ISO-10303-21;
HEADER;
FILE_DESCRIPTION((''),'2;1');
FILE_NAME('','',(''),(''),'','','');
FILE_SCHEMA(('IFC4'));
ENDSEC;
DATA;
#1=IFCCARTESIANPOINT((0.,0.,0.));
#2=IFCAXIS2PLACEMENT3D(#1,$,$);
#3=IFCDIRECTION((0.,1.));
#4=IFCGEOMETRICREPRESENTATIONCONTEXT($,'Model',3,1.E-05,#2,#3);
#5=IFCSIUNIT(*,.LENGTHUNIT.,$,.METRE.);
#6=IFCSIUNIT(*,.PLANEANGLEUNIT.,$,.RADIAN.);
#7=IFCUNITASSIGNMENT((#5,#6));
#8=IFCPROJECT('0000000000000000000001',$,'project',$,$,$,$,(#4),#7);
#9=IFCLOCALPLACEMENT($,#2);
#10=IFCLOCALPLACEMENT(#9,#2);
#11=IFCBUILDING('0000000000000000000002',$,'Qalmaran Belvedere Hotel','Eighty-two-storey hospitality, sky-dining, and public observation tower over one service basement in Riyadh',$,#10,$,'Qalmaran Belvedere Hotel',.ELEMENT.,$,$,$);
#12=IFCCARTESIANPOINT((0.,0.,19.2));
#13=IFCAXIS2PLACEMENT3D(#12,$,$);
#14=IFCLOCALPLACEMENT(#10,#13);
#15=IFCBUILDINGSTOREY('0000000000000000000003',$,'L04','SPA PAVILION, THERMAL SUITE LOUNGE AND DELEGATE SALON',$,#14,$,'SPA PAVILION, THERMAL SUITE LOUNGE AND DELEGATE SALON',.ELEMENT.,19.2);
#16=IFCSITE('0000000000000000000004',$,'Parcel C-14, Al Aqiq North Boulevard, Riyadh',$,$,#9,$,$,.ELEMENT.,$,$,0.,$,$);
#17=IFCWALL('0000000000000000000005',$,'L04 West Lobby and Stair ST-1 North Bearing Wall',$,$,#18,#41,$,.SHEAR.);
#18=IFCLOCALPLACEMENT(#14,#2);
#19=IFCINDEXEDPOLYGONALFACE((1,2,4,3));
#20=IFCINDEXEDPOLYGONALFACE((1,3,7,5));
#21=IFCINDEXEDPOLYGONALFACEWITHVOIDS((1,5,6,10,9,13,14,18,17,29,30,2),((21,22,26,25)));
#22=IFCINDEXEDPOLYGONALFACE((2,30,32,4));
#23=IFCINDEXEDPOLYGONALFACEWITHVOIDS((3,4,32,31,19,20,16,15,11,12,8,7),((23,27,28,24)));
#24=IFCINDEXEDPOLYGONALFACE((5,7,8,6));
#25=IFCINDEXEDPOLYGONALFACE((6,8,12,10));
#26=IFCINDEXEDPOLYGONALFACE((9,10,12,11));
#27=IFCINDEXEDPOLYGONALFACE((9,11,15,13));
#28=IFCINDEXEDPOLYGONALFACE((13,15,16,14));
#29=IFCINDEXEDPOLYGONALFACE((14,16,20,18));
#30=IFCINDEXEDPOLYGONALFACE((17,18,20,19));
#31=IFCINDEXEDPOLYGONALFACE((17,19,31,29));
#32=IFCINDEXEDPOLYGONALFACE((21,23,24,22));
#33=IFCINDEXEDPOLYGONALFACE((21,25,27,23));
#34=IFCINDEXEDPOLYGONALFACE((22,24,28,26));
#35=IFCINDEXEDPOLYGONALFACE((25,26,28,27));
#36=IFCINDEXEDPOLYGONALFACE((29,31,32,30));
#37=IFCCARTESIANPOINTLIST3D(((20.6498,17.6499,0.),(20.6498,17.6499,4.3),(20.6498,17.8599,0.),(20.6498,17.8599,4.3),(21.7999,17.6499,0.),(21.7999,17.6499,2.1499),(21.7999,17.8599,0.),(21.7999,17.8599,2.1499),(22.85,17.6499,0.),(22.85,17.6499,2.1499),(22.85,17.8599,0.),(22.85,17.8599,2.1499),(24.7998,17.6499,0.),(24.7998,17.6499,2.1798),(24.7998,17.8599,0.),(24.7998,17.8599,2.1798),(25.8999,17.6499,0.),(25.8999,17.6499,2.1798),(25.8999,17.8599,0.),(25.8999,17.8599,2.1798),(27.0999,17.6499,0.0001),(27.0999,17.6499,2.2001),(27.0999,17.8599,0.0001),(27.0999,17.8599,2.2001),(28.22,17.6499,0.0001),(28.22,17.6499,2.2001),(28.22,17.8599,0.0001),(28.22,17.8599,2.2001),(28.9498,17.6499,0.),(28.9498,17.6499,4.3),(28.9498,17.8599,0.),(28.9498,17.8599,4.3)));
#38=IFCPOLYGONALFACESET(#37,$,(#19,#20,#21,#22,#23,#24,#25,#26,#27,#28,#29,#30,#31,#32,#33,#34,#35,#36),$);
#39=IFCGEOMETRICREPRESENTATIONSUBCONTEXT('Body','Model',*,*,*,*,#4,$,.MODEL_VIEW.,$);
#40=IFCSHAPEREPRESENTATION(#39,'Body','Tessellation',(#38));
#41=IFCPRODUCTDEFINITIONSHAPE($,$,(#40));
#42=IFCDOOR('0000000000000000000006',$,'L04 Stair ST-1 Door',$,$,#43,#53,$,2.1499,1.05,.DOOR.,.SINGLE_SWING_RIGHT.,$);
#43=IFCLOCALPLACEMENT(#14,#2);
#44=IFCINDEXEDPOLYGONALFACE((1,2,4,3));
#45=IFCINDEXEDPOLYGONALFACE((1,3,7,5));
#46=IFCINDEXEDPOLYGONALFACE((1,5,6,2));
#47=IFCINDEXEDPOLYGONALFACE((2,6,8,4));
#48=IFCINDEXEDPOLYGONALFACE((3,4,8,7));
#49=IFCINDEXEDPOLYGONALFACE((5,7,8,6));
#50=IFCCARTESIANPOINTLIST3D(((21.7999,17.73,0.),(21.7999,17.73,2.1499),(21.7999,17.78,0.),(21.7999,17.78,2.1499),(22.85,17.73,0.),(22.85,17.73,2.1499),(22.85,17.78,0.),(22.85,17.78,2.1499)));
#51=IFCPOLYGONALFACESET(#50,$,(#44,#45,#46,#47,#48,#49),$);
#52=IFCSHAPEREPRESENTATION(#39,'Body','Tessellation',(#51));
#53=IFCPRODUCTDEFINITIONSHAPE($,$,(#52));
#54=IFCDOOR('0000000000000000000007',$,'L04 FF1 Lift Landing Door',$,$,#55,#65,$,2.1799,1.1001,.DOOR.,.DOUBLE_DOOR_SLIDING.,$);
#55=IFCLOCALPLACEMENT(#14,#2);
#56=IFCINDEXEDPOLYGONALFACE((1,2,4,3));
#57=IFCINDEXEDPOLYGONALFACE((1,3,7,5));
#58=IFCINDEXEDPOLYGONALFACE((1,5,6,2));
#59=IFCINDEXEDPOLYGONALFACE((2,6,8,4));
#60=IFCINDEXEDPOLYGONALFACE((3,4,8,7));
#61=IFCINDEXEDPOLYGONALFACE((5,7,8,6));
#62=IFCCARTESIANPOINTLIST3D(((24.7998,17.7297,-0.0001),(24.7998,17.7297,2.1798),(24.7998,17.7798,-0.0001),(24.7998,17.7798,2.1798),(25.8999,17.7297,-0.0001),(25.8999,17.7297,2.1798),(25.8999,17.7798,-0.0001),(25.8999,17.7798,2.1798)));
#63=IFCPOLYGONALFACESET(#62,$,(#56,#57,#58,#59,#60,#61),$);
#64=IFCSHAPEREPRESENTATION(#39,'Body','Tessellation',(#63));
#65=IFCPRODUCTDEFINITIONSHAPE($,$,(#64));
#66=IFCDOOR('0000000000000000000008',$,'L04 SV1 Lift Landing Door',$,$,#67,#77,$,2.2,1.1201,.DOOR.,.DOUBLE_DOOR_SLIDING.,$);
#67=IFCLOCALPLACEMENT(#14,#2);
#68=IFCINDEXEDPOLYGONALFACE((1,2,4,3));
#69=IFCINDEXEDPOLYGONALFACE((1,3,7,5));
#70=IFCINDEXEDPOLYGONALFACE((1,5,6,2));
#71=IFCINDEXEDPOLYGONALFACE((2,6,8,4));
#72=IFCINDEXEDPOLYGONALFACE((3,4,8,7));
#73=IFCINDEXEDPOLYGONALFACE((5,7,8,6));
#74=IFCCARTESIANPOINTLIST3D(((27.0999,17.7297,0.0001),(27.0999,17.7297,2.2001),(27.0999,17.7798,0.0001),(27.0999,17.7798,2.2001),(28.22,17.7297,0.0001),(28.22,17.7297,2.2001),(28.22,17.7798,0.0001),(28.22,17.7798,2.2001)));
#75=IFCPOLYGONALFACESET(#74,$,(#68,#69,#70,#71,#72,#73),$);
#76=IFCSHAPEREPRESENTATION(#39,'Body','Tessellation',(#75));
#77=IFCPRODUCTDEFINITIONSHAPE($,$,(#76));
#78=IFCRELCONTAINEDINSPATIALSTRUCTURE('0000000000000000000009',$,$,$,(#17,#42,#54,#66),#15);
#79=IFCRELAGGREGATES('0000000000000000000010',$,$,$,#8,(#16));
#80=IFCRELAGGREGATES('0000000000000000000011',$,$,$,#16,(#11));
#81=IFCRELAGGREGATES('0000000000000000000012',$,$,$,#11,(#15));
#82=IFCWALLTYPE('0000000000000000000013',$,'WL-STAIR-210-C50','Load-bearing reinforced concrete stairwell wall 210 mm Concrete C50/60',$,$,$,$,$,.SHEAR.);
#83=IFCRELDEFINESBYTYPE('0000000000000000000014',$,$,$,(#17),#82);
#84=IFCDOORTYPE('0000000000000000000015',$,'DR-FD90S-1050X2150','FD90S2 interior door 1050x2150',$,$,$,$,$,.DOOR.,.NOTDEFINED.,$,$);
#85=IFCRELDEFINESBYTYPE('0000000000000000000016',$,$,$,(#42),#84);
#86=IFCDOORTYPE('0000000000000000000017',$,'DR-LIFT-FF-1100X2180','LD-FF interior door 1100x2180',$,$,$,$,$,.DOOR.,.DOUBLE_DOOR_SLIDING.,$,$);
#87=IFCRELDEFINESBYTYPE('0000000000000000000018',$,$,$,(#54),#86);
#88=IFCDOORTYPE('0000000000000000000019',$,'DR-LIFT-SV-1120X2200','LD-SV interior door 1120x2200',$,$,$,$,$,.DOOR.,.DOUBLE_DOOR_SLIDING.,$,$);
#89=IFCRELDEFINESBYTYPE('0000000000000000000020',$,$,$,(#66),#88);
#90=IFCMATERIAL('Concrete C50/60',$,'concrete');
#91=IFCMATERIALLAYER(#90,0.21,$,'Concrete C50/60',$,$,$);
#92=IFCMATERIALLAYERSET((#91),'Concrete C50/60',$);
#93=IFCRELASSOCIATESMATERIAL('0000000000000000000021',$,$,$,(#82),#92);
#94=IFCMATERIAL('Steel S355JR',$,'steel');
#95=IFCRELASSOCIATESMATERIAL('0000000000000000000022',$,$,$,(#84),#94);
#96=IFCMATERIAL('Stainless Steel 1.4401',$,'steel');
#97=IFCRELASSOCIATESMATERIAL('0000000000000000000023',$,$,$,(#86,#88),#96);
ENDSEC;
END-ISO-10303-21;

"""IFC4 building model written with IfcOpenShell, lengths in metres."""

from ifc_helpers import new_model, si_unit, direction, frame, frame_2d, origin, place, context, subcontext, project, spatial, rectangle, extrude, material, layer, layer_set, type_object, element, fill, save


model = new_model("IFC4")

# Units and contexts
model_context = context("Model", 3, precision=1e-05, world=origin(), true_north=direction((0.0, 1.0)))
body_context = subcontext(model_context, "Body", "Model", "MODEL_VIEW")
ifc_project = project(units=[si_unit("LENGTHUNIT", "METRE"), si_unit("PLANEANGLEUNIT", "RADIAN")], contexts=[model_context])

# Site, building, storey
site_placement = place(None, origin())
site = spatial("IfcSite", under=ifc_project, at=site_placement, Name="Parcel C-14, Al Aqiq North Boulevard, Riyadh", CompositionType="ELEMENT", RefElevation=0.0)
building_placement = place(site_placement, origin())
building = spatial("IfcBuilding", under=site, at=building_placement, Name="Qalmaran Belvedere Hotel", Description="Eighty-two-storey hospitality, sky-dining, and public observation tower over one service basement in Riyadh", LongName="Qalmaran Belvedere Hotel", CompositionType="ELEMENT")
storey_placement = place(building_placement, frame((0.0, 0.0, 19.2)))
storey = spatial("IfcBuildingStorey", under=building, at=storey_placement, Name="L04", Description="SPA PAVILION, THERMAL SUITE LOUNGE AND DELEGATE SALON", LongName="SPA PAVILION, THERMAL SUITE LOUNGE AND DELEGATE SALON", CompositionType="ELEMENT", Elevation=19.2)

# Shared definitions
ifc_material_1 = material(Name="Steel S355JR", Category="steel")

# Wall, openings, doors
ifc_material_2 = material(Name="Concrete C50/60", Category="concrete")
ifc_layer_1 = layer(ifc_material_2, 0.21, Name="Concrete C50/60")
ifc_layer_set_1 = layer_set([ifc_layer_1], Name="Concrete C50/60")
wall_type_1 = type_object("IfcWallType", Name="WL-STAIR-210-C50", Description="Load-bearing reinforced concrete stairwell wall 210 mm Concrete C50/60", PredefinedType="SHEAR", material=ifc_layer_set_1)
wall_1_placement = place(storey_placement, frame((20.6499, 17.7549, 0.0), z_axis=(0.0, 0.0, 1.0), x_axis=(1.0, 0.0, 0.0)))
wall_1 = element("IfcWall", 1, at=wall_1_placement, inside=storey, type_object=wall_type_1, Name="L04 West Lobby and Stair ST-1 North Bearing Wall", PredefinedType="SHEAR", context=body_context, shape_type="SweptSolid", body=[
    extrude(rectangle(XDim=8.3, YDim=0.21, at=frame_2d((4.1499, 0.0))), origin(), (0.0, 0.0, 1.0), 4.3),
])
opening_1_placement = place(wall_1_placement, frame((2.2, 0.0, 0.0), z_axis=(0.0, 0.0, 1.0), x_axis=(-1.0, 0.0, 0.0)))
opening_1 = element("IfcOpeningElement", 2, at=opening_1_placement, cuts=wall_1, PredefinedType="OPENING", context=body_context, shape_type="SweptSolid", body=[
    extrude(rectangle(XDim=1.05, YDim=2.1499, at=frame_2d((0.5249, 1.075))), frame((0.0, 0.115, 0.0), z_axis=(0.0, -1.0, 0.0), x_axis=(1.0, 0.0, 0.0)), (0.0, 0.0, 1.0), 0.23),
])
opening_2_placement = place(wall_1_placement, frame((4.1499, 0.0, 0.0)))
opening_2 = element("IfcOpeningElement", 3, at=opening_2_placement, cuts=wall_1, PredefinedType="OPENING", context=body_context, shape_type="SweptSolid", body=[
    extrude(rectangle(XDim=1.1001, YDim=2.1799, at=frame_2d((0.55, 1.0898))), frame((0.0, 0.115, 0.0), z_axis=(0.0, -1.0, 0.0), x_axis=(1.0, 0.0, 0.0)), (0.0, 0.0, 1.0), 0.23),
])
opening_3_placement = place(wall_1_placement, frame((6.45, 0.0, 0.0)))
opening_3 = element("IfcOpeningElement", 4, at=opening_3_placement, cuts=wall_1, PredefinedType="OPENING", context=body_context, shape_type="SweptSolid", body=[
    extrude(rectangle(XDim=1.1201, YDim=2.2, at=frame_2d((0.5601, 1.1001))), frame((0.0, 0.115, 0.0), z_axis=(0.0, -1.0, 0.0), x_axis=(1.0, 0.0, 0.0)), (0.0, 0.0, 1.0), 0.23),
])
door_type_1 = type_object("IfcDoorType", Name="DR-FD90S-1050X2150", Description="FD90S2 interior door 1050x2150", OperationType="NOTDEFINED", PredefinedType="DOOR", material=ifc_material_1)
door_1_placement = place(opening_1_placement, origin())
door_1 = element("IfcDoor", 5, at=door_1_placement, inside=storey, type_object=door_type_1, Name="L04 Stair ST-1 Door", OperationType="SINGLE_SWING_RIGHT", OverallHeight=2.1499, OverallWidth=1.05, PredefinedType="DOOR", context=body_context, shape_type="SweptSolid", body=[
    extrude(rectangle(XDim=1.05, YDim=2.1499, at=frame_2d((0.5249, 1.075))), frame((0.0, 0.0249, 0.0), z_axis=(0.0, -1.0, 0.0), x_axis=(1.0, 0.0, 0.0)), (0.0, 0.0, 1.0), 0.05),
])
fill(opening_1, door_1)
ifc_material_3 = material(Name="Stainless Steel 1.4401", Category="steel")
door_type_2 = type_object("IfcDoorType", Name="DR-LIFT-FF-1100X2180", Description="LD-FF interior door 1100x2180", OperationType="DOUBLE_DOOR_SLIDING", PredefinedType="DOOR", material=ifc_material_3)
door_2_placement = place(opening_2_placement, origin())
door_2 = element("IfcDoor", 6, at=door_2_placement, inside=storey, type_object=door_type_2, Name="L04 FF1 Lift Landing Door", OperationType="DOUBLE_DOOR_SLIDING", OverallHeight=2.1799, OverallWidth=1.1001, PredefinedType="DOOR", context=body_context, shape_type="SweptSolid", body=[
    extrude(rectangle(XDim=1.1001, YDim=2.1799, at=frame_2d((0.55, 1.0898))), frame((0.0, 0.0249, 0.0), z_axis=(0.0, -1.0, 0.0), x_axis=(1.0, 0.0, 0.0)), (0.0, 0.0, 1.0), 0.05),
])
fill(opening_2, door_2)
door_type_3 = type_object("IfcDoorType", Name="DR-LIFT-SV-1120X2200", Description="LD-SV interior door 1120x2200", OperationType="DOUBLE_DOOR_SLIDING", PredefinedType="DOOR", material=ifc_material_3)
door_3_placement = place(opening_3_placement, origin())
door_3 = element("IfcDoor", 7, at=door_3_placement, inside=storey, type_object=door_type_3, Name="L04 SV1 Lift Landing Door", OperationType="DOUBLE_DOOR_SLIDING", OverallHeight=2.2, OverallWidth=1.1201, PredefinedType="DOOR", context=body_context, shape_type="SweptSolid", body=[
    extrude(rectangle(XDim=1.1201, YDim=2.2, at=frame_2d((0.5601, 1.1001))), frame((0.0, 0.0249, 0.0), z_axis=(0.0, -1.0, 0.0), x_axis=(1.0, 0.0, 0.0)), (0.0, 0.0, 1.0), 0.05),
])
fill(opening_3, door_3)

save(model, "model.ifc")
